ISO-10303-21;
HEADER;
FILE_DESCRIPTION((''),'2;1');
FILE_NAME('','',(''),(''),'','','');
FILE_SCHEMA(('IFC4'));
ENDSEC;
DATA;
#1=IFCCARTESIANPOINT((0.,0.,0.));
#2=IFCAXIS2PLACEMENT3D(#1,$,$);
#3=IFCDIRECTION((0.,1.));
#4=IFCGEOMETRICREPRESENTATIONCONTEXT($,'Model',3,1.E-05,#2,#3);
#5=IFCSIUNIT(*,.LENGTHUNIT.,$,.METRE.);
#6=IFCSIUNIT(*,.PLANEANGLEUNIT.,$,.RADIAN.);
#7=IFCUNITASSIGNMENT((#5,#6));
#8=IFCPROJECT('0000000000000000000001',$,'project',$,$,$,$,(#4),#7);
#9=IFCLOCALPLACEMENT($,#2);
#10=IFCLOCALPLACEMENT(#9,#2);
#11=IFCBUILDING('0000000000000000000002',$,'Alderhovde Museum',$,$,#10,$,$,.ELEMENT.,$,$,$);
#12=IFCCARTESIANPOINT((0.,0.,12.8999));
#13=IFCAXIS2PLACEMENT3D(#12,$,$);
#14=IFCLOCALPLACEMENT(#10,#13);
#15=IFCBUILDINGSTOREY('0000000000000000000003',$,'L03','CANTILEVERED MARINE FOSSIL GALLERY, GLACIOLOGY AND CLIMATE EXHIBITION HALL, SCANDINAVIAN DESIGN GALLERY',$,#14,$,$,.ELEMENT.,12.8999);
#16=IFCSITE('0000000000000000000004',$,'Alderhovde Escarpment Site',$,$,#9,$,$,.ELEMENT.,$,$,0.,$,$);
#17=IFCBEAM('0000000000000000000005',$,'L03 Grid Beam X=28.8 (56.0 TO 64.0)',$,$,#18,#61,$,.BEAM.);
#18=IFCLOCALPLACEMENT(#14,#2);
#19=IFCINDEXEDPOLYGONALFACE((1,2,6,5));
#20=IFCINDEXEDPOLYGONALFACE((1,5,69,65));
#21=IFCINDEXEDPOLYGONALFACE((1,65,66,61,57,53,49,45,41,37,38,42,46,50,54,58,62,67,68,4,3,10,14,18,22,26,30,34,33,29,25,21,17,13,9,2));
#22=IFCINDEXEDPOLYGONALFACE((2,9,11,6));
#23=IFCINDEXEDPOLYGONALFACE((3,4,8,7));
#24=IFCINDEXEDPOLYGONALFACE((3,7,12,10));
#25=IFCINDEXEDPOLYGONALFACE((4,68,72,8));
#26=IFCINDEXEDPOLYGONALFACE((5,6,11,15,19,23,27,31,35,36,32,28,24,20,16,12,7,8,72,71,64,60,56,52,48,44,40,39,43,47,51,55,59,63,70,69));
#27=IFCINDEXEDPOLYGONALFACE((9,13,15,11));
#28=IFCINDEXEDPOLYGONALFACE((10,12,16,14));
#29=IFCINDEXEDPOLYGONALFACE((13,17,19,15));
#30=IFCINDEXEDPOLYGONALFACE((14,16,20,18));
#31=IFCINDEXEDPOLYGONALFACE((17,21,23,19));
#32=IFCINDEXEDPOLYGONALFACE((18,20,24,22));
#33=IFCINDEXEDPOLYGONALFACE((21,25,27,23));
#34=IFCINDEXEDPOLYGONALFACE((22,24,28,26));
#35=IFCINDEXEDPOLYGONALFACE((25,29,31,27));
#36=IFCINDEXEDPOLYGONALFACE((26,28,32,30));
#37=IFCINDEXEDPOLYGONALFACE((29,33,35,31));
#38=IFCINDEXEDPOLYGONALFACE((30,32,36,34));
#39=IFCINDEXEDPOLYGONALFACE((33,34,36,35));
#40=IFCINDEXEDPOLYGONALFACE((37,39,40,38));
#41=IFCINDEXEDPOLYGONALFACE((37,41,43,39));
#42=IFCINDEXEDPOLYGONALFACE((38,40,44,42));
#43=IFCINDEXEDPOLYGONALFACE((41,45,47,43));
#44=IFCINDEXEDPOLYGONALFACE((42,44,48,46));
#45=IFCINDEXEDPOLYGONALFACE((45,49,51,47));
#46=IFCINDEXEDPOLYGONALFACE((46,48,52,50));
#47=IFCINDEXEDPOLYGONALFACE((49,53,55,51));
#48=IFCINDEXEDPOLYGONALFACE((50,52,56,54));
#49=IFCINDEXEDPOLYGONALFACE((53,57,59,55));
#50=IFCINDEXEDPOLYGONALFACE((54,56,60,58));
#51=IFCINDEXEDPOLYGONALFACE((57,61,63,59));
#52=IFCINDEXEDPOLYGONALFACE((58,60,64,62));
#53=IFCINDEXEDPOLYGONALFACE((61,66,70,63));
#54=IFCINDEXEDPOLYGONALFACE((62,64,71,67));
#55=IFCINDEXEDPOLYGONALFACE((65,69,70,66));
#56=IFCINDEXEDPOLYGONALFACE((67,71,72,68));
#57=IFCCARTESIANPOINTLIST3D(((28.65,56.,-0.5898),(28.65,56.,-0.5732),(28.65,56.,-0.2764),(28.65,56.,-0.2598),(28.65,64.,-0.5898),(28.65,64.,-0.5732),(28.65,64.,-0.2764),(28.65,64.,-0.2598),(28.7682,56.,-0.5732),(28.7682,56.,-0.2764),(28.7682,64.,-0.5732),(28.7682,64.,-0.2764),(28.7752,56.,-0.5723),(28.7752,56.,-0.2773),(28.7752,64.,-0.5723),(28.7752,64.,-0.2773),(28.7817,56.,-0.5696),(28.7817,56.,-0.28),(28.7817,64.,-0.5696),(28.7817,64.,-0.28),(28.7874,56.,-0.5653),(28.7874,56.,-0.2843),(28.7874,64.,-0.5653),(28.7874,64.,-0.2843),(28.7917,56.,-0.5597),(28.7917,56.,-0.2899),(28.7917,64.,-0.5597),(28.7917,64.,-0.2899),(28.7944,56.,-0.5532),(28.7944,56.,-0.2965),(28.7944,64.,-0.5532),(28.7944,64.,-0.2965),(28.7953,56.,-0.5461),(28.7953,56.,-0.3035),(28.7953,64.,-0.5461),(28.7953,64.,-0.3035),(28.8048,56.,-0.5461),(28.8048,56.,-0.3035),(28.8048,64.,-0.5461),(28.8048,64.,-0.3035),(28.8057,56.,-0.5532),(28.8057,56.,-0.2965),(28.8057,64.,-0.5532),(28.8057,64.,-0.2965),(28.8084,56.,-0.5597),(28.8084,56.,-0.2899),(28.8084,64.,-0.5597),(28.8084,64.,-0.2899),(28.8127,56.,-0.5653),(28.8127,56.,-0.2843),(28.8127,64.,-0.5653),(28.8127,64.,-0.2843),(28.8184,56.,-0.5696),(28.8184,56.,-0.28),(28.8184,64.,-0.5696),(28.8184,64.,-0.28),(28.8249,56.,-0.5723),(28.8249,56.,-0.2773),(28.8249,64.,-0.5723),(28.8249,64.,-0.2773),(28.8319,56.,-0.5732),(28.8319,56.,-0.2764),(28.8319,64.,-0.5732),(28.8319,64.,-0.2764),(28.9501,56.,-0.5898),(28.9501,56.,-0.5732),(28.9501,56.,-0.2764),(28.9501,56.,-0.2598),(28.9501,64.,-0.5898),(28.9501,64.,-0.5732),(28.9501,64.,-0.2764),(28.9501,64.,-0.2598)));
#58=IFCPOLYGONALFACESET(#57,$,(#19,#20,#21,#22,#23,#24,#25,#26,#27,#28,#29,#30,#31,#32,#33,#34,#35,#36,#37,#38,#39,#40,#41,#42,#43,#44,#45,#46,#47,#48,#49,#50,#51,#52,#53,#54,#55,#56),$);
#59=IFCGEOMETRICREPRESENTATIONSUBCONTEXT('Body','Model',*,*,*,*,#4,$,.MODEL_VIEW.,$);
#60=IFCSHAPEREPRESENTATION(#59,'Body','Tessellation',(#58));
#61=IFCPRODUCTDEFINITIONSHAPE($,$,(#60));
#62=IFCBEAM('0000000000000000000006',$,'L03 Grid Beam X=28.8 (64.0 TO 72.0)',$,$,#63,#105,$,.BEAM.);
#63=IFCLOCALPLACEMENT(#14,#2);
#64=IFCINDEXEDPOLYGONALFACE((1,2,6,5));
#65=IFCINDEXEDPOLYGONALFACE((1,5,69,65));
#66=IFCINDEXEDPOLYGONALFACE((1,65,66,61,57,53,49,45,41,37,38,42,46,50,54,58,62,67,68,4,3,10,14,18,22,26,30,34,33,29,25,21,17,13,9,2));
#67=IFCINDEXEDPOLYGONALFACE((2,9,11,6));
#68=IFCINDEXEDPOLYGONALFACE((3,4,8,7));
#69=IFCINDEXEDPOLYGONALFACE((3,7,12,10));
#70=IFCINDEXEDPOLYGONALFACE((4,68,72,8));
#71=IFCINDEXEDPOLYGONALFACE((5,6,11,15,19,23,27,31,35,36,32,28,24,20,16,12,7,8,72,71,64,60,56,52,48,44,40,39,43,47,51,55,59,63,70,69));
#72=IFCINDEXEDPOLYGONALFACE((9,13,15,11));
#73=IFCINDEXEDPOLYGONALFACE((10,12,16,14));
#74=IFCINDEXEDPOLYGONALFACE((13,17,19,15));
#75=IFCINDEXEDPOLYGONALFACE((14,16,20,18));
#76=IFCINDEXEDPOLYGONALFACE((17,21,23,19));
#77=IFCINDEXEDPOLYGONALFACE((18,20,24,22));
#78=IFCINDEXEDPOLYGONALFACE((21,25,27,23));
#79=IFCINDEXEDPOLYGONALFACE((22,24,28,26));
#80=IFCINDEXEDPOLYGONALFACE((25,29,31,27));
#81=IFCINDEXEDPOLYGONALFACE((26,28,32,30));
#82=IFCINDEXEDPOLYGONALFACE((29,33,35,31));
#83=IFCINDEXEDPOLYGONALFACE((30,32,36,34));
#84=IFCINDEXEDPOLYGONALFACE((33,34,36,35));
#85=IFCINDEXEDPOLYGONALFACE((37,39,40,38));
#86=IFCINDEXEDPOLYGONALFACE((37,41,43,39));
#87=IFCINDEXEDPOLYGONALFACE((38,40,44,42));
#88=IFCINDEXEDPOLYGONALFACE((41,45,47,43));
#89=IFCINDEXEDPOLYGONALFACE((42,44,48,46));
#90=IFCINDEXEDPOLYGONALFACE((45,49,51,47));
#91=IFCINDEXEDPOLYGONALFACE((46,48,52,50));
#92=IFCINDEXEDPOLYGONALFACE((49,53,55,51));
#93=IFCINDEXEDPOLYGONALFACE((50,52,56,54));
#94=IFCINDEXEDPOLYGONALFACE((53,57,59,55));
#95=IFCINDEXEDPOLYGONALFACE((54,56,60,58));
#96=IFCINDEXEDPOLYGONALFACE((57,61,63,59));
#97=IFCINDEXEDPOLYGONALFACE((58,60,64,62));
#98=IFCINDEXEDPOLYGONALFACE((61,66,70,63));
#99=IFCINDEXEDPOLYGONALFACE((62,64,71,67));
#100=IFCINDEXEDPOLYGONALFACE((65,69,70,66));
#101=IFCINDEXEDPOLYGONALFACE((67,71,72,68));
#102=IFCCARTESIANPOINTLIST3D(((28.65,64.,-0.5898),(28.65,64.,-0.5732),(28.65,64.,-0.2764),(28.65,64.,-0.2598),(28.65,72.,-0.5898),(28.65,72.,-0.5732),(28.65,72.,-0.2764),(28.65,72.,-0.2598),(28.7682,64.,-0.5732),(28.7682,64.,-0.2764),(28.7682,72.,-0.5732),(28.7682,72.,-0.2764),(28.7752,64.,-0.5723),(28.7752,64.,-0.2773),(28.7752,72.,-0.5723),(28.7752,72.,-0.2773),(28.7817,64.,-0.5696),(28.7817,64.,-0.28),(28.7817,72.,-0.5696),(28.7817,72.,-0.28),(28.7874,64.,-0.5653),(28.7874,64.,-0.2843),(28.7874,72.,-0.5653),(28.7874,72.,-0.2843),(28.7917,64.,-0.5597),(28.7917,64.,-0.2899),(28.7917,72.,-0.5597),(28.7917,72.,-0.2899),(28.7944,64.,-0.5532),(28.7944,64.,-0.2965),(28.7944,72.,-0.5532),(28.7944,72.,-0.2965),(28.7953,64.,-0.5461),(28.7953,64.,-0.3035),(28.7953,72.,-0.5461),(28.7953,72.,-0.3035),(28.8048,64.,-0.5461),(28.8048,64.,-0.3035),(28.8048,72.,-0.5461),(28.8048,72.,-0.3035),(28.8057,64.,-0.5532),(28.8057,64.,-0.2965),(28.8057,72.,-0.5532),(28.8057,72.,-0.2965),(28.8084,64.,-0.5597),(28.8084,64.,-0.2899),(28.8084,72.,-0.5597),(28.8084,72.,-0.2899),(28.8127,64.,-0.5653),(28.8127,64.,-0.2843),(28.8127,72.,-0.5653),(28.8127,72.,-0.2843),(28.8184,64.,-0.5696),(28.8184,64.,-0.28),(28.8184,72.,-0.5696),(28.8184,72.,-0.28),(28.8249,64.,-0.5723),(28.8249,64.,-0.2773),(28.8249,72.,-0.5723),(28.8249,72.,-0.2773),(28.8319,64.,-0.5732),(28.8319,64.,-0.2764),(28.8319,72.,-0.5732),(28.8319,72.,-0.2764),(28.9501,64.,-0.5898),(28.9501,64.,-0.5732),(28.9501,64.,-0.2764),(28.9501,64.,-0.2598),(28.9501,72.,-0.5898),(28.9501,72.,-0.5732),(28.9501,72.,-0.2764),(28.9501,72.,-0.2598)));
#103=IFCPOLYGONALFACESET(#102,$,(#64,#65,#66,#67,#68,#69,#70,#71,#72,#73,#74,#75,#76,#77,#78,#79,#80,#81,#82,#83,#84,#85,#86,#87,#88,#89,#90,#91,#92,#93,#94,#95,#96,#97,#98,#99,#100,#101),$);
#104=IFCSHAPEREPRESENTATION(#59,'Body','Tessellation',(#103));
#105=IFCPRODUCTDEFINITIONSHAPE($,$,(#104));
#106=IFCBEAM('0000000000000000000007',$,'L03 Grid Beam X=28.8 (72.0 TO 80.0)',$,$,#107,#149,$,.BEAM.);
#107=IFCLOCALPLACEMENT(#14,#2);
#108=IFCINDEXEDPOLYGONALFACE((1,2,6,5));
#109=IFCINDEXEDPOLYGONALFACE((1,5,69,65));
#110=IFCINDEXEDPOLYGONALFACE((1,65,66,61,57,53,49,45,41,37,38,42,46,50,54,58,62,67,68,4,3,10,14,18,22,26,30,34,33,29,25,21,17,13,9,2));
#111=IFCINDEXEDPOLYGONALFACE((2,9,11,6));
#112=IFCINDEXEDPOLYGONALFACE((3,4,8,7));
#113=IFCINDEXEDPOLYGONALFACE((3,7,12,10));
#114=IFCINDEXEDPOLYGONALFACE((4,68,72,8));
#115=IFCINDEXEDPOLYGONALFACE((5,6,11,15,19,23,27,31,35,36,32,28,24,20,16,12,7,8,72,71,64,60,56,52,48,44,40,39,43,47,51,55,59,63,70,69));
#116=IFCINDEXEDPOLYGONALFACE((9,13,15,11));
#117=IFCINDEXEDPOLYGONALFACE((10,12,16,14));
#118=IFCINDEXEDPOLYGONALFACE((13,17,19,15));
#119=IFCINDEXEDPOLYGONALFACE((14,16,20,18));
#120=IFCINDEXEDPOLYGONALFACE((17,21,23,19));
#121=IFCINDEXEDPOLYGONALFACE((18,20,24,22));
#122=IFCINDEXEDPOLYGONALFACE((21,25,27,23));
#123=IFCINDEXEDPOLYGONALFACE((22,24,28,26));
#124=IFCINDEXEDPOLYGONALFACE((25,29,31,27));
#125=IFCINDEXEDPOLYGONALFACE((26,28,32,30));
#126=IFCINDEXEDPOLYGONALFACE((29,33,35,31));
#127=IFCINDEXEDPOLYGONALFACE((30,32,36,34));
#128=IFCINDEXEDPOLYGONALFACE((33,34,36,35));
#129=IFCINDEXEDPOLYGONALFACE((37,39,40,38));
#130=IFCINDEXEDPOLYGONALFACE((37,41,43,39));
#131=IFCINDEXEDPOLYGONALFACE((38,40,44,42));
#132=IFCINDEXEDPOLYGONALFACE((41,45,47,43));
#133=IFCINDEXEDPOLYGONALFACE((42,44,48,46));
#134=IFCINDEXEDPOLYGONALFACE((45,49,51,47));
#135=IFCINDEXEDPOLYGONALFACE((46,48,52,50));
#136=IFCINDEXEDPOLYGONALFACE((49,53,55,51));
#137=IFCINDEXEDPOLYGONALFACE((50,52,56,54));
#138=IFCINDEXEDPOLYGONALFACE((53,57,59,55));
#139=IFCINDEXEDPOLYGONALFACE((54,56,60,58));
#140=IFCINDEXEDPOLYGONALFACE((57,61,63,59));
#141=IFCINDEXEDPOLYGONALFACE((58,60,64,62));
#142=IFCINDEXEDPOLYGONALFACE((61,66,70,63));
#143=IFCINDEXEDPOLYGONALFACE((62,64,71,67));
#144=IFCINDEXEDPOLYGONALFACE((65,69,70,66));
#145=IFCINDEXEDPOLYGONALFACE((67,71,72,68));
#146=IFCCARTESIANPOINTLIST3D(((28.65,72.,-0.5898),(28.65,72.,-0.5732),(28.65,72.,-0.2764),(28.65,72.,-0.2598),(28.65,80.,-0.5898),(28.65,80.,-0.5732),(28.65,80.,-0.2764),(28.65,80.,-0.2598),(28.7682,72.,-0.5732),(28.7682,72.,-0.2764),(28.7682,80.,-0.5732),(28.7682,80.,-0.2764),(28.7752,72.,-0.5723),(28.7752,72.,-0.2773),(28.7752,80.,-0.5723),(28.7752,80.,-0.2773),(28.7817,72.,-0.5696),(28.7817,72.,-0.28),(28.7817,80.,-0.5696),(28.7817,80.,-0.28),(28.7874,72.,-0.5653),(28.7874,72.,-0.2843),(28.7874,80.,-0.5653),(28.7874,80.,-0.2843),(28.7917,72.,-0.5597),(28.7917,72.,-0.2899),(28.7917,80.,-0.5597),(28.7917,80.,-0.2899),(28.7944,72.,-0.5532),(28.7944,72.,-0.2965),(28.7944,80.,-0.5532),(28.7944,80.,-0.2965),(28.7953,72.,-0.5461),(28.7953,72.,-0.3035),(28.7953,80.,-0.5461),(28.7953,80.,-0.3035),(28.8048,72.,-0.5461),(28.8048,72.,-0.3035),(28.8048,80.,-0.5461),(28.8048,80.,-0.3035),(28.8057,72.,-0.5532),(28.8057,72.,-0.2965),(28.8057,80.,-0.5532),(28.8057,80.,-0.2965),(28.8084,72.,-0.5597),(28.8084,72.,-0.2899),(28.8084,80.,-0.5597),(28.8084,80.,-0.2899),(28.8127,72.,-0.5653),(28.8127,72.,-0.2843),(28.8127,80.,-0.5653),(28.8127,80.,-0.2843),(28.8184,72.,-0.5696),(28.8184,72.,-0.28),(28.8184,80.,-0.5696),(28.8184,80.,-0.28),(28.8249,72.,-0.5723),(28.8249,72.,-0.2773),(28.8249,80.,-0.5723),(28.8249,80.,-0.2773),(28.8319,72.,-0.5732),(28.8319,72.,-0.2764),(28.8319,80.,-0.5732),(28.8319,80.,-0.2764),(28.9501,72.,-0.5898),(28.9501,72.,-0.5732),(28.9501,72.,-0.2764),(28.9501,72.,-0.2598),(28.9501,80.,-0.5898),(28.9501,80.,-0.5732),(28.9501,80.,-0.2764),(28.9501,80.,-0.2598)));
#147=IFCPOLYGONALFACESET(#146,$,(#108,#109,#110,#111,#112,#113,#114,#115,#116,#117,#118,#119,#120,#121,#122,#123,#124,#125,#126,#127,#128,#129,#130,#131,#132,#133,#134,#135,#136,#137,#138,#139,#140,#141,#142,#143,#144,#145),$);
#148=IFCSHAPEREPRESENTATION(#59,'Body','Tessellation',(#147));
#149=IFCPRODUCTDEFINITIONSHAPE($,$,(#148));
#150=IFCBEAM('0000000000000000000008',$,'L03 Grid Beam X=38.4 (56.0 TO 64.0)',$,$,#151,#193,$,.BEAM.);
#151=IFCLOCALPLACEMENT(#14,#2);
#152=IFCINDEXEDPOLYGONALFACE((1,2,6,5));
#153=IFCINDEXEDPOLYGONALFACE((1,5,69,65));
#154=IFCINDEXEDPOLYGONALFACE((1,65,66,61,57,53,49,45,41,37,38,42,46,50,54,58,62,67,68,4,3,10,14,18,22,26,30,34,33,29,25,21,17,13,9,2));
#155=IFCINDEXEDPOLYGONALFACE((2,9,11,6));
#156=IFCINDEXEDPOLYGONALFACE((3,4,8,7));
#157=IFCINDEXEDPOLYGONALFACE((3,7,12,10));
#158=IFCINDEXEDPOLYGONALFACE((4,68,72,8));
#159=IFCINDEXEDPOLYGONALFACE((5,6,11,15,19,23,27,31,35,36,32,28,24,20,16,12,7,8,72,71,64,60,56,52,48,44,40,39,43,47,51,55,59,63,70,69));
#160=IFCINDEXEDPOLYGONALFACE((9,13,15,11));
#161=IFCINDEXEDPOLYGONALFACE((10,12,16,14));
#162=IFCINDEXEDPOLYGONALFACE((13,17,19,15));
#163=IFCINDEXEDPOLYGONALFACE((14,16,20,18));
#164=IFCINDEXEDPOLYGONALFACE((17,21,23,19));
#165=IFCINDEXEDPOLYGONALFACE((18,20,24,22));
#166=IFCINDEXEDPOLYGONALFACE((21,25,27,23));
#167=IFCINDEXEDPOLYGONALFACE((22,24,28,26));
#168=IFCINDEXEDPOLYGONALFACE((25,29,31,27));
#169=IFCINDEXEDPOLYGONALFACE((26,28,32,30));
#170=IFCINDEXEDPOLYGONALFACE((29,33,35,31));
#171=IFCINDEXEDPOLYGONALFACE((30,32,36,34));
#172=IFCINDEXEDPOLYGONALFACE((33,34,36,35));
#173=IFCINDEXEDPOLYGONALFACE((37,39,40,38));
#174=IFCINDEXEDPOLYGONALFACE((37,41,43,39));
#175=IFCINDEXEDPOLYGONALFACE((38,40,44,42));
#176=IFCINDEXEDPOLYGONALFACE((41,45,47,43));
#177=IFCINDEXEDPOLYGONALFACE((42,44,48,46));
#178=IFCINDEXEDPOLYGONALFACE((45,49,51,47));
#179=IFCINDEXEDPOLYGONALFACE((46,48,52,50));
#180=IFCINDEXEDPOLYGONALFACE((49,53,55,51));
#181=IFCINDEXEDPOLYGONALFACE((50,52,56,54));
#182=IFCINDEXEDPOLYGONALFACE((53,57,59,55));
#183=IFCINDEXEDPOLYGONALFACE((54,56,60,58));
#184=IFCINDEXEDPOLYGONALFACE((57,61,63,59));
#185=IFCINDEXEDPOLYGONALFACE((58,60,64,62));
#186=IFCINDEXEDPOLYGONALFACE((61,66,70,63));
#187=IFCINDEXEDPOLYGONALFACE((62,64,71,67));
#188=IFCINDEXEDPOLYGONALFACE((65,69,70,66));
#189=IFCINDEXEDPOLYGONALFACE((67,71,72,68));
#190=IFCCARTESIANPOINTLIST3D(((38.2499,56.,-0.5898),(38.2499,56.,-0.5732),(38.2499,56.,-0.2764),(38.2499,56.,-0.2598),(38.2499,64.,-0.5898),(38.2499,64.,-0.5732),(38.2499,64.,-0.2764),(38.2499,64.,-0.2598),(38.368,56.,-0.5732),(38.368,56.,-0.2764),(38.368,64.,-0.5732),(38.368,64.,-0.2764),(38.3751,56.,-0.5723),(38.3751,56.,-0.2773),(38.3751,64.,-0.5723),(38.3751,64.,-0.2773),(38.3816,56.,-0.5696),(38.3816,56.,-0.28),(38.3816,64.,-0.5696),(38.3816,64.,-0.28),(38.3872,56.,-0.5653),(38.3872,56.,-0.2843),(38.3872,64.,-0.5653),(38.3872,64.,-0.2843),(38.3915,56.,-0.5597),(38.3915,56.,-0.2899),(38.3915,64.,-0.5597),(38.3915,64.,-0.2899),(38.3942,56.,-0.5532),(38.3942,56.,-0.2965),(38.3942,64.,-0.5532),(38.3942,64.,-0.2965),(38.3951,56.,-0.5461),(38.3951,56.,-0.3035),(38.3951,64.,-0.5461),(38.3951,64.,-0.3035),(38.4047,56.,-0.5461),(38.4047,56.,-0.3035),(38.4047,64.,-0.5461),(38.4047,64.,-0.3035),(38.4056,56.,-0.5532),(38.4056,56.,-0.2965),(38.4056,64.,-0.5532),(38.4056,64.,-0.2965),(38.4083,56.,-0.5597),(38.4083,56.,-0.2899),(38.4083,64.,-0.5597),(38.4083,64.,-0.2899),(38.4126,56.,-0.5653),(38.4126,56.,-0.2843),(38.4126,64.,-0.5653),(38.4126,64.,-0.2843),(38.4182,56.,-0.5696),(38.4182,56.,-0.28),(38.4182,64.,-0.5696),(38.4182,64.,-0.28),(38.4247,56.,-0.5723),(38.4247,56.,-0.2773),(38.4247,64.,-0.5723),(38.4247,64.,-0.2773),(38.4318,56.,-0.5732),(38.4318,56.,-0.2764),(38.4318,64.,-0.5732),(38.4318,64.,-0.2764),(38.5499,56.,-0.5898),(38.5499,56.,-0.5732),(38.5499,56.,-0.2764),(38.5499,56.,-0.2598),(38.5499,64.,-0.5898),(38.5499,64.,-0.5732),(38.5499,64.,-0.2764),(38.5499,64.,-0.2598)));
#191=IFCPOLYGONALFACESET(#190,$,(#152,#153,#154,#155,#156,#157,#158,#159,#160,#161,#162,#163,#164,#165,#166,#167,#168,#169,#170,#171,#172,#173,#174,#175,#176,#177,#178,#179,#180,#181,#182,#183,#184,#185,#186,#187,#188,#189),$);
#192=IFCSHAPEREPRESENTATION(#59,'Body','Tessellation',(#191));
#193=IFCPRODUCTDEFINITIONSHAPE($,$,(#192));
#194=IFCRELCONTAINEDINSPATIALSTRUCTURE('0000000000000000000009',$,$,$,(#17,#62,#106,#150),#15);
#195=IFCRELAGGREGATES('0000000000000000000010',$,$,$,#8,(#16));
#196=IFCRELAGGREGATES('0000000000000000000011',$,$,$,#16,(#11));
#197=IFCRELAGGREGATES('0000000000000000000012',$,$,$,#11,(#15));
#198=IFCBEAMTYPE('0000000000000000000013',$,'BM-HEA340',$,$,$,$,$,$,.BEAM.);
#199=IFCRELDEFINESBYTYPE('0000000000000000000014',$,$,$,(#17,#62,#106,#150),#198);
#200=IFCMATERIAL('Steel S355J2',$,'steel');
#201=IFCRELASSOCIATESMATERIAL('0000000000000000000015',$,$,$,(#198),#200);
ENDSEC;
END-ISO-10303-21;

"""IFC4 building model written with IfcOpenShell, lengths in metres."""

from ifc_helpers import new_model, si_unit, direction, frame, origin, origin_2d, place, context, subcontext, project, spatial, i_section, extrude, material, material_profile, profile_set, type_object, element, save


model = new_model("IFC4")

# Units and contexts
model_context = context("Model", 3, precision=1e-05, world=origin(), true_north=direction((0.0, 1.0)))
body_context = subcontext(model_context, "Body", "Model", "MODEL_VIEW")
ifc_project = project(units=[si_unit("LENGTHUNIT", "METRE"), si_unit("PLANEANGLEUNIT", "RADIAN")], contexts=[model_context])

# Site, building, storey
site_placement = place(None, origin())
site = spatial("IfcSite", under=ifc_project, at=site_placement, Name="Alderhovde Escarpment Site", CompositionType="ELEMENT", RefElevation=0.0)
building_placement = place(site_placement, origin())
building = spatial("IfcBuilding", under=site, at=building_placement, Name="Alderhovde Museum", CompositionType="ELEMENT")
storey_placement = place(building_placement, frame((0.0, 0.0, 12.8999)))
storey = spatial("IfcBuildingStorey", under=building, at=storey_placement, Name="L03", Description="CANTILEVERED MARINE FOSSIL GALLERY, GLACIOLOGY AND CLIMATE EXHIBITION HALL, SCANDINAVIAN DESIGN GALLERY", CompositionType="ELEMENT", Elevation=12.8999)

# Beams
ifc_material_1 = material(Name="Steel S355J2", Category="steel")
ifc_material_profile_1 = material_profile(ifc_material_1, i_section(OverallWidth=0.3, OverallDepth=0.3301, WebThickness=0.0095, FlangeThickness=0.0166, FilletRadius=0.0271, at=origin_2d()), Name="HEA 340")
ifc_profile_set_1 = profile_set([ifc_material_profile_1], Name="Steel S355J2")
beam_type_1 = type_object("IfcBeamType", Name="BM-HEA340", PredefinedType="BEAM", material=ifc_profile_set_1)
for number, where, z_axis, x_axis, name in (
    (1, (28.8, 56.0, -0.4248), (0.0, 1.0, 0.0), (-1.0, 0.0, 0.0), "L03 Grid Beam X=28.8 (56.0 TO 64.0)"),
    (2, (28.8, 64.0, -0.4248), (0.0, 1.0, 0.0), (-1.0, 0.0, 0.0), "L03 Grid Beam X=28.8 (64.0 TO 72.0)"),
    (3, (28.8, 72.0, -0.4248), (0.0, 1.0, 0.0), (-1.0, 0.0, 0.0), "L03 Grid Beam X=28.8 (72.0 TO 80.0)"),
    (4, (38.3999, 56.0, -0.4248), (0.0, 1.0, 0.0), (-1.0, 0.0, 0.0), "L03 Grid Beam X=38.4 (56.0 TO 64.0)"),
):
    element("IfcBeam", number, at=place(storey_placement, frame(where, z_axis=z_axis, x_axis=x_axis)), inside=storey, type_object=beam_type_1, Name=name, PredefinedType="BEAM", context=body_context, shape_type="SweptSolid", body=[
        extrude(i_section(OverallWidth=0.3, OverallDepth=0.3301, WebThickness=0.0095, FlangeThickness=0.0166, FilletRadius=0.0271, at=origin_2d()), origin(), (0.0, 0.0, 1.0), 8.0),
    ])

save(model, "model.ifc")
